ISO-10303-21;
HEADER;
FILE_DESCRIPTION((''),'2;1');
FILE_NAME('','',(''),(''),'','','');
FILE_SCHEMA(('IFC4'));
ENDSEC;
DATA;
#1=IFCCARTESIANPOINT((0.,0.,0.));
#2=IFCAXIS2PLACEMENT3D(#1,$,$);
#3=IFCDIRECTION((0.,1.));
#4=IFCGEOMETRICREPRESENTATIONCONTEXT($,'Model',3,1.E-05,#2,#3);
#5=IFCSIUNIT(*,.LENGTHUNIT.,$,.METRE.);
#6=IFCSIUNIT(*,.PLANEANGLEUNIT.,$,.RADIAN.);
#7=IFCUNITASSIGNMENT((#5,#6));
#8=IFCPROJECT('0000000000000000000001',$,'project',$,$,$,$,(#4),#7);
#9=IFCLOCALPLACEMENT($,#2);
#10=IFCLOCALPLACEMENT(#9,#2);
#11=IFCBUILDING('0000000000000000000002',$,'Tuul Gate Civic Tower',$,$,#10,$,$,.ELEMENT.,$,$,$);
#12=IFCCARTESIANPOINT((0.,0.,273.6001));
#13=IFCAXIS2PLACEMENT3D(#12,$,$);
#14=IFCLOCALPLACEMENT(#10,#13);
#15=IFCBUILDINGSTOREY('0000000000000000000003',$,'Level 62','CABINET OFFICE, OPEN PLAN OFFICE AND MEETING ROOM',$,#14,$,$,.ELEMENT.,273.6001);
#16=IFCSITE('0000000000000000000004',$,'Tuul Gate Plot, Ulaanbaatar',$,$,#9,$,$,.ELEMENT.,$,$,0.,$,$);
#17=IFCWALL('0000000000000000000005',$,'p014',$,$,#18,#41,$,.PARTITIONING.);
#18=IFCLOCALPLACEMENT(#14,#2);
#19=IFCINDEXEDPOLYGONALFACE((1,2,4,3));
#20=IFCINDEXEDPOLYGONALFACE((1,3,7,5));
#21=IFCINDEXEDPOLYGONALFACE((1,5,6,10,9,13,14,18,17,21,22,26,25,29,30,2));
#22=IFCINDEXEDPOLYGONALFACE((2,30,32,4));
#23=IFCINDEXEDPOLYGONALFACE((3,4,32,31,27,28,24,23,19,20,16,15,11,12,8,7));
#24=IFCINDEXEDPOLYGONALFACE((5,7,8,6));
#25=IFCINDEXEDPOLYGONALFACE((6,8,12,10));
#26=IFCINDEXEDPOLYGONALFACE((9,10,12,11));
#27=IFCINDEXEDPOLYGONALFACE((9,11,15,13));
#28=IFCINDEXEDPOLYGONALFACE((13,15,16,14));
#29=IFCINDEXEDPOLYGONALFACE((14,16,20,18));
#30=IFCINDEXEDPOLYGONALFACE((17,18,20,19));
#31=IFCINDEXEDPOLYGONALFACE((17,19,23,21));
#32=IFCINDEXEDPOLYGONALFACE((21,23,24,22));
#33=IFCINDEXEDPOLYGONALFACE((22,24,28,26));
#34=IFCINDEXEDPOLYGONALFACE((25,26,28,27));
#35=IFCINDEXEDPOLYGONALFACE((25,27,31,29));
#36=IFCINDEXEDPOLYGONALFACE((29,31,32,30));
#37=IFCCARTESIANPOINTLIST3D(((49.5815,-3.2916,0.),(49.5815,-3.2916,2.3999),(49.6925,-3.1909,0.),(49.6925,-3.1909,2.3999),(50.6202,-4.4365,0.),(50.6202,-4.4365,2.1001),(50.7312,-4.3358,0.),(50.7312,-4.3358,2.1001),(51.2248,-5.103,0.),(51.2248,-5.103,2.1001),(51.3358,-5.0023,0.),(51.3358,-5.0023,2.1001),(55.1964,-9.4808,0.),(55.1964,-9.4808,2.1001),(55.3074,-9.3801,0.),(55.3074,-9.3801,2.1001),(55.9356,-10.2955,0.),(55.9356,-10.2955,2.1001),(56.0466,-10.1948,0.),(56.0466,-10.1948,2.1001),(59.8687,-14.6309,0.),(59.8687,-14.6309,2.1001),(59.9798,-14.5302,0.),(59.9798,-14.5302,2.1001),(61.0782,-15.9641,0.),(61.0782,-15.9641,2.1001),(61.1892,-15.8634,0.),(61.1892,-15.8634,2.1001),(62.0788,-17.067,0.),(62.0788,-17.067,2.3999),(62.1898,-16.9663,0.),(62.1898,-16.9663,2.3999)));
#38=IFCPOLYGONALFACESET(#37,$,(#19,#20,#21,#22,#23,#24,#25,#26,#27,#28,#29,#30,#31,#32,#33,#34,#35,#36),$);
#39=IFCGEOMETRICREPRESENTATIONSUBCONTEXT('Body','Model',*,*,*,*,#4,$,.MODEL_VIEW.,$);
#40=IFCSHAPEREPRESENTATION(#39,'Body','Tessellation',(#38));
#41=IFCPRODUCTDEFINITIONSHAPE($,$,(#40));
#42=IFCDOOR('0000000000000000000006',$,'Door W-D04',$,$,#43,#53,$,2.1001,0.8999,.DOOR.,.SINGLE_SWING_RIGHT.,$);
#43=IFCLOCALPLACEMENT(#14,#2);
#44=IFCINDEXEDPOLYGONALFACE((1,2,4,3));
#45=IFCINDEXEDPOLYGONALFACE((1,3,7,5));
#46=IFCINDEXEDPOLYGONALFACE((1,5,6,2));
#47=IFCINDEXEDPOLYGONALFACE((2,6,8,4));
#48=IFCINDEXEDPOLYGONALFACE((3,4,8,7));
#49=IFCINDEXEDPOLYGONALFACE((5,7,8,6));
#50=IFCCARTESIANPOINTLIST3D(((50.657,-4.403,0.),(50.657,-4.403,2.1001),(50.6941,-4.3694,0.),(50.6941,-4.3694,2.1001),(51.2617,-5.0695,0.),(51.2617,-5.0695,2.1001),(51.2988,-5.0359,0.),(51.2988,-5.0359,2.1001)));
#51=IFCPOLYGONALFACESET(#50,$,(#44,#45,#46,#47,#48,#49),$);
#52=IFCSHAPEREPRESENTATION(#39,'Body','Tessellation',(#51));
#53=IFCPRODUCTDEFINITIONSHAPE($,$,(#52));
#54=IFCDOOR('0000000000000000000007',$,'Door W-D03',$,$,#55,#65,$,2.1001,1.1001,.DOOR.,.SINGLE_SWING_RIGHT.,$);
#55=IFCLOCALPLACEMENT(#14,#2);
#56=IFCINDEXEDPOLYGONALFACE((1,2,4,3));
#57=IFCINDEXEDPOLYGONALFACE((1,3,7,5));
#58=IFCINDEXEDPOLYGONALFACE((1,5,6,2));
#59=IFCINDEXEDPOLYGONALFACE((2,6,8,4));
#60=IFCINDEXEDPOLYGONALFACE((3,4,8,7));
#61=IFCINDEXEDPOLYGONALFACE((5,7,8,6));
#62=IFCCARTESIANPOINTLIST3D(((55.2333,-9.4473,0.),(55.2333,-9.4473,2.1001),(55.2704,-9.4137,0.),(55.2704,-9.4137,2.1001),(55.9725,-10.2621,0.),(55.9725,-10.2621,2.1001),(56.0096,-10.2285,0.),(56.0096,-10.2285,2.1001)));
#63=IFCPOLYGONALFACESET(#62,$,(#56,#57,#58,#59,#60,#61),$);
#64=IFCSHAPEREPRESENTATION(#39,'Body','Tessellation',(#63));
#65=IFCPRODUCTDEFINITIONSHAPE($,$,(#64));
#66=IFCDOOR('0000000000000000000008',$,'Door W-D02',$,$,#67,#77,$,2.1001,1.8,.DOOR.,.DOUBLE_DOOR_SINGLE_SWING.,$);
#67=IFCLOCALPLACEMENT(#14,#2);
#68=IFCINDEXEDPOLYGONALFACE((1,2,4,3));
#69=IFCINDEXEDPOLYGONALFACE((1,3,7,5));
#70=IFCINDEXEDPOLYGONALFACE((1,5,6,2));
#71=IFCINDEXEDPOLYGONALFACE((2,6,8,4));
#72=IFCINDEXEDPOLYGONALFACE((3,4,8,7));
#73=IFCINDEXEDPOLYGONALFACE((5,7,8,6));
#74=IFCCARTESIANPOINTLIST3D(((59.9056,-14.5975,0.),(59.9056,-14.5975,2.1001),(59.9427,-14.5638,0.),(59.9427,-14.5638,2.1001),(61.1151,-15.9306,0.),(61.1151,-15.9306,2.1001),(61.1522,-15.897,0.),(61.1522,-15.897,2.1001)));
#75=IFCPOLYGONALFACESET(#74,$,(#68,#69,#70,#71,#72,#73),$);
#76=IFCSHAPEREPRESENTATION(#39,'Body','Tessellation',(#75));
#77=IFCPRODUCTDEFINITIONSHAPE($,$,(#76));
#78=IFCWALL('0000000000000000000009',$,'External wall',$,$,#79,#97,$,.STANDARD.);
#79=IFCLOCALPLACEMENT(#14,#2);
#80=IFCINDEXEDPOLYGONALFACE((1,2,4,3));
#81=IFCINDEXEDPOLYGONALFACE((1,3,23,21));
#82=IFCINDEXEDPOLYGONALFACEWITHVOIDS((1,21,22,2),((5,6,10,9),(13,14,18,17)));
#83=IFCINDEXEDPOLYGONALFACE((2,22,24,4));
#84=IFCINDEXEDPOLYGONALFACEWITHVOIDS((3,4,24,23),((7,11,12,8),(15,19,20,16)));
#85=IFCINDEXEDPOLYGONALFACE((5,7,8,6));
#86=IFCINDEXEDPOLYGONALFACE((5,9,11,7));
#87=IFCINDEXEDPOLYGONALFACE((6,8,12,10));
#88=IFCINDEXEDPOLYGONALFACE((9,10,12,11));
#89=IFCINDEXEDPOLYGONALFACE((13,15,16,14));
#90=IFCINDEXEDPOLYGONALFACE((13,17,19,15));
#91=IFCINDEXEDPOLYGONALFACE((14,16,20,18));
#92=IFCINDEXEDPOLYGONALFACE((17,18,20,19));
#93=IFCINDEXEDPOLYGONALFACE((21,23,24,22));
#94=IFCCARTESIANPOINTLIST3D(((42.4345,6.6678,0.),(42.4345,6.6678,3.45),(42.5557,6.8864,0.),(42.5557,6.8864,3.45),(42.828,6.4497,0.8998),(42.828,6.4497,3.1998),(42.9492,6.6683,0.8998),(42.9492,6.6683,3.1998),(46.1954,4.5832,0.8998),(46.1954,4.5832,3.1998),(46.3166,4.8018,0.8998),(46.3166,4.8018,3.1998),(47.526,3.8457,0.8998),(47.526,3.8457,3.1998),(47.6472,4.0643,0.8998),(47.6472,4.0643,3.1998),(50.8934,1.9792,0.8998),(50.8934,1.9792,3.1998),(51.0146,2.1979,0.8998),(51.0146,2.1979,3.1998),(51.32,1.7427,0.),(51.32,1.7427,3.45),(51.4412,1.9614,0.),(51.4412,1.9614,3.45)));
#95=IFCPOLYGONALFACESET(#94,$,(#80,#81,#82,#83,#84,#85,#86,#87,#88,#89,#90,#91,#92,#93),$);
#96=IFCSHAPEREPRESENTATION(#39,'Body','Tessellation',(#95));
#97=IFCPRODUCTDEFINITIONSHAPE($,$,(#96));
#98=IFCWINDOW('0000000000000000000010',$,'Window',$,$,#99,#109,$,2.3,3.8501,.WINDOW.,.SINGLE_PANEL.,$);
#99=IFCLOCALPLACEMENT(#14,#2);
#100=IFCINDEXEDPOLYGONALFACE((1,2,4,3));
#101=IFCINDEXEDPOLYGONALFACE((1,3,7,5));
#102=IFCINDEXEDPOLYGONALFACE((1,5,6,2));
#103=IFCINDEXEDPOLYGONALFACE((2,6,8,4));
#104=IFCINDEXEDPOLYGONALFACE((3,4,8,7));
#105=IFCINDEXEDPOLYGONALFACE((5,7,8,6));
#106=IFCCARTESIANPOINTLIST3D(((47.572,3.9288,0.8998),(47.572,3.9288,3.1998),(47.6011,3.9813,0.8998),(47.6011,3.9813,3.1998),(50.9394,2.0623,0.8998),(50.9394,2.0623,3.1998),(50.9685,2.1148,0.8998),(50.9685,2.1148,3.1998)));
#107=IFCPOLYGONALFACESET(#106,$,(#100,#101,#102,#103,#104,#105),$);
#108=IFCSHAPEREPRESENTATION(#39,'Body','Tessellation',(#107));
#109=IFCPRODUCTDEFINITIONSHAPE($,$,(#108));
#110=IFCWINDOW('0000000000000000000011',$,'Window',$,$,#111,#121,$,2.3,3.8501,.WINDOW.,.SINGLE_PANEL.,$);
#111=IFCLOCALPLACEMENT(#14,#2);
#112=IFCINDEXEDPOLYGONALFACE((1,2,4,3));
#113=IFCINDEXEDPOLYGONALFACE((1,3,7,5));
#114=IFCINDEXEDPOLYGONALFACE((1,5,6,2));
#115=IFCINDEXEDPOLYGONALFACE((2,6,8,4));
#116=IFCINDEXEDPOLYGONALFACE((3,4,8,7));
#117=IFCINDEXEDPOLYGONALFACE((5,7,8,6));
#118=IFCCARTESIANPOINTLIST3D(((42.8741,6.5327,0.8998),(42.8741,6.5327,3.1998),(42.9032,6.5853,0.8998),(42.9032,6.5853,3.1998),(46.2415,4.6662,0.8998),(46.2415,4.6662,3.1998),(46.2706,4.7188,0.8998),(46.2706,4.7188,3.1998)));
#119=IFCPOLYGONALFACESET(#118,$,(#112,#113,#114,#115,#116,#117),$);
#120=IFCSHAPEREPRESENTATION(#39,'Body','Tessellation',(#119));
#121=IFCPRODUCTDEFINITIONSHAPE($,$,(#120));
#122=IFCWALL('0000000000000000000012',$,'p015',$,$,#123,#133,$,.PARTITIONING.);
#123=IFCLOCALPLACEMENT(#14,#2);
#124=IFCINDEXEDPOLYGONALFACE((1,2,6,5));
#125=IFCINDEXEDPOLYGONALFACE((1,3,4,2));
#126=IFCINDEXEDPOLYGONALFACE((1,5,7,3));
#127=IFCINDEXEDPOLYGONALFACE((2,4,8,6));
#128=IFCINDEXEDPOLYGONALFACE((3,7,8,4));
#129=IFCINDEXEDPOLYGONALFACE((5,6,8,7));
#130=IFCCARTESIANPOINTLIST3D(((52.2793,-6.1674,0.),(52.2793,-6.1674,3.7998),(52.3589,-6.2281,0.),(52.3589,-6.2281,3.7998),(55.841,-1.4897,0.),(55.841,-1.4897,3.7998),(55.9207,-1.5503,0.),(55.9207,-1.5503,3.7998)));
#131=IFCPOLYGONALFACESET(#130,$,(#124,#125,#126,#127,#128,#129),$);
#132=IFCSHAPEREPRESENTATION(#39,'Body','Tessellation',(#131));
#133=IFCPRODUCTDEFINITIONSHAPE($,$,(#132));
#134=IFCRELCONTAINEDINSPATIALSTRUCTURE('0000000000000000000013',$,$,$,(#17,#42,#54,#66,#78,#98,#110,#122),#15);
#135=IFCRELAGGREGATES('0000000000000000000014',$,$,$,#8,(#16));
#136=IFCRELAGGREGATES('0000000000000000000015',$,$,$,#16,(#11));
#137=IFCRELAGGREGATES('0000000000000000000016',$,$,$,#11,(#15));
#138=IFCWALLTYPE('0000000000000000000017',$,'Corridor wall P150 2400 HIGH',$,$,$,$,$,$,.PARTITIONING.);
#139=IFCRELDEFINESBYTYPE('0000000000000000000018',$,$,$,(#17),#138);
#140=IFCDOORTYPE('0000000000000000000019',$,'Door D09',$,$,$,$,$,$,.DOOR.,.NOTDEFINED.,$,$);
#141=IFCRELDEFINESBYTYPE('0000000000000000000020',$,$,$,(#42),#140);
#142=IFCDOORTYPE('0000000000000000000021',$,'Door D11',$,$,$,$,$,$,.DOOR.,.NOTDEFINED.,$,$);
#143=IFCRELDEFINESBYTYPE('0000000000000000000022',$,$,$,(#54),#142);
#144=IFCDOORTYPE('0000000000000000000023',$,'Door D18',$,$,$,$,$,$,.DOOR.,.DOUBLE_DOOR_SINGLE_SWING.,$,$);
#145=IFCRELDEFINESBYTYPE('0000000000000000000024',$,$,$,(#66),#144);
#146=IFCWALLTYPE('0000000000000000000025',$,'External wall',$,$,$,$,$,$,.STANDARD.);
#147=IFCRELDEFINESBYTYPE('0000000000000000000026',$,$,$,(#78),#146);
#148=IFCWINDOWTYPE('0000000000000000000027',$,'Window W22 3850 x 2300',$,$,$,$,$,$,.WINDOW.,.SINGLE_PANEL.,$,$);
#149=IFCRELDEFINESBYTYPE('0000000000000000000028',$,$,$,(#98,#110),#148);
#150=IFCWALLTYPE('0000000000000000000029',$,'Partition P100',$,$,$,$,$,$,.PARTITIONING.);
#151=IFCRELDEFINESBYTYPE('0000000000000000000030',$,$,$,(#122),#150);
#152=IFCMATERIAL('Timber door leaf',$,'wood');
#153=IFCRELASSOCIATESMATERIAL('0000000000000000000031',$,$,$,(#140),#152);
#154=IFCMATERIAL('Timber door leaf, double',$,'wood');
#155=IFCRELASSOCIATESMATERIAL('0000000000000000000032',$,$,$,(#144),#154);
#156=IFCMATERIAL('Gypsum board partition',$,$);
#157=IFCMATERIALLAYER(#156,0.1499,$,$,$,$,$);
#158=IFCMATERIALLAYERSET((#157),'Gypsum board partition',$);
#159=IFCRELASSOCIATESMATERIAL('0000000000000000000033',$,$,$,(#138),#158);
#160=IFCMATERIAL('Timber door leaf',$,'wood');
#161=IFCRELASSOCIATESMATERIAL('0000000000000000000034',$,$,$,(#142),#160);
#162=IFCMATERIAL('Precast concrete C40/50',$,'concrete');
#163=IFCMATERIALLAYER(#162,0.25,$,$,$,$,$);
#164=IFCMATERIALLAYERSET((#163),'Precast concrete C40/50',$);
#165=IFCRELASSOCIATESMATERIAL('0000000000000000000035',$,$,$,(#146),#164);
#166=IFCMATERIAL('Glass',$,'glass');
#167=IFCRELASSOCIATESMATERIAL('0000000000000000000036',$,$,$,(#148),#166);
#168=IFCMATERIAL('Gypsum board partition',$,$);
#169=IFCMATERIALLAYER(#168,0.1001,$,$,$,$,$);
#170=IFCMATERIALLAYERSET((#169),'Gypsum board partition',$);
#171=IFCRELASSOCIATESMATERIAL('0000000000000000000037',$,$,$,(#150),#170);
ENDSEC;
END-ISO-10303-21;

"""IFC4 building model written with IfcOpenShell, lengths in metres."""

from ifc_helpers import new_model, si_unit, direction, frame, frame_2d, origin, place, context, subcontext, project, spatial, rectangle, extrude, material, layer, layer_set, type_object, element, fill, save


model = new_model("IFC4")

# Units and contexts
model_context = context("Model", 3, precision=1e-05, world=origin(), true_north=direction((0.0, 1.0)))
body_context = subcontext(model_context, "Body", "Model", "MODEL_VIEW")
ifc_project = project(units=[si_unit("LENGTHUNIT", "METRE"), si_unit("PLANEANGLEUNIT", "RADIAN")], contexts=[model_context])

# Site, building, storey
site_placement = place(None, origin())
site = spatial("IfcSite", under=ifc_project, at=site_placement, Name="Tuul Gate Plot, Ulaanbaatar", CompositionType="ELEMENT", RefElevation=0.0)
building_placement = place(site_placement, origin())
building = spatial("IfcBuilding", under=site, at=building_placement, Name="Tuul Gate Civic Tower", CompositionType="ELEMENT")
storey_placement = place(building_placement, frame((0.0, 0.0, 273.6001)))
storey = spatial("IfcBuildingStorey", under=building, at=storey_placement, Name="Level 62", Description="CABINET OFFICE, OPEN PLAN OFFICE AND MEETING ROOM", CompositionType="ELEMENT", Elevation=273.6001)

# Shared definitions
ifc_material_1 = material(Name="Timber door leaf", Category="wood")
door_type_1 = type_object("IfcDoorType", Name="Door D09", OperationType="NOTDEFINED", PredefinedType="DOOR", material=ifc_material_1)

# Shared definitions
ifc_material_2 = material(Name="Timber door leaf, double", Category="wood")
door_type_2 = type_object("IfcDoorType", Name="Door D18", OperationType="DOUBLE_DOOR_SINGLE_SWING", PredefinedType="DOOR", material=ifc_material_2)

# Wall, openings, doors
ifc_material_3 = material(Name="Gypsum board partition")
ifc_layer_1 = layer(ifc_material_3, 0.1499)
ifc_layer_set_1 = layer_set([ifc_layer_1], Name="Gypsum board partition")
wall_type_1 = type_object("IfcWallType", Name="Corridor wall P150 2400 HIGH", PredefinedType="PARTITIONING", material=ifc_layer_set_1)
wall_1_placement = place(storey_placement, frame((49.637, -3.2412, 0.0), z_axis=(0.0, 0.0, 1.0), x_axis=(0.671914, -0.740629, 0.0)))
wall_1 = element("IfcWall", 1, at=wall_1_placement, inside=storey, type_object=wall_type_1, Name="p014", PredefinedType="PARTITIONING", context=body_context, shape_type="SweptSolid", body=[
    extrude(rectangle(XDim=18.5996, YDim=0.1499, at=frame_2d((9.2998, 0.0))), origin(), (0.0, 0.0, 1.0), 2.3999),
])
opening_1_placement = place(wall_1_placement, frame((15.3105, 0.0, 0.0)))
opening_1 = element("IfcOpeningElement", 2, at=opening_1_placement, cuts=wall_1, PredefinedType="OPENING", context=body_context, shape_type="SweptSolid", body=[
    extrude(rectangle(XDim=1.8, YDim=2.1001, at=frame_2d((0.8999, 1.05))), frame((0.0, 0.085, 0.0), z_axis=(0.0, -1.0, 0.0), x_axis=(1.0, 0.0, 0.0)), (0.0, 0.0, 1.0), 0.1699),
])
opening_2_placement = place(wall_1_placement, frame((8.3567, 0.0, 0.0)))
opening_2 = element("IfcOpeningElement", 3, at=opening_2_placement, cuts=wall_1, PredefinedType="OPENING", context=body_context, shape_type="SweptSolid", body=[
    extrude(rectangle(XDim=1.1001, YDim=2.1001, at=frame_2d((0.55, 1.05))), frame((0.0, 0.085, 0.0), z_axis=(0.0, -1.0, 0.0), x_axis=(1.0, 0.0, 0.0)), (0.0, 0.0, 1.0), 0.1699),
])
opening_3_placement = place(wall_1_placement, frame((1.5459, 0.0, 0.0)))
opening_3 = element("IfcOpeningElement", 4, at=opening_3_placement, cuts=wall_1, PredefinedType="OPENING", context=body_context, shape_type="SweptSolid", body=[
    extrude(rectangle(XDim=0.8999, YDim=2.1001, at=frame_2d((0.45, 1.05))), frame((0.0, 0.085, 0.0), z_axis=(0.0, -1.0, 0.0), x_axis=(1.0, 0.0, 0.0)), (0.0, 0.0, 1.0), 0.1699),
])
door_1_placement = place(opening_3_placement, origin())
door_1 = element("IfcDoor", 5, at=door_1_placement, inside=storey, type_object=door_type_1, Name="Door W-D04", OperationType="SINGLE_SWING_RIGHT", OverallHeight=2.1001, OverallWidth=0.8999, PredefinedType="DOOR", context=body_context, shape_type="SweptSolid", body=[
    extrude(rectangle(XDim=0.8999, YDim=2.1001, at=frame_2d((0.45, 1.05))), frame((0.0, 0.0249, 0.0), z_axis=(0.0, -1.0, 0.0), x_axis=(1.0, 0.0, 0.0)), (0.0, 0.0, 1.0), 0.05),
])
fill(opening_3, door_1)
ifc_material_4 = material(Name="Timber door leaf", Category="wood")
door_type_3 = type_object("IfcDoorType", Name="Door D11", OperationType="NOTDEFINED", PredefinedType="DOOR", material=ifc_material_4)
door_2_placement = place(opening_2_placement, origin())
door_2 = element("IfcDoor", 6, at=door_2_placement, inside=storey, type_object=door_type_3, Name="Door W-D03", OperationType="SINGLE_SWING_RIGHT", OverallHeight=2.1001, OverallWidth=1.1001, PredefinedType="DOOR", context=body_context, shape_type="SweptSolid", body=[
    extrude(rectangle(XDim=1.1001, YDim=2.1001, at=frame_2d((0.55, 1.05))), frame((0.0, 0.0249, 0.0), z_axis=(0.0, -1.0, 0.0), x_axis=(1.0, 0.0, 0.0)), (0.0, 0.0, 1.0), 0.05),
])
fill(opening_2, door_2)
door_3_placement = place(opening_1_placement, origin())
door_3 = element("IfcDoor", 7, at=door_3_placement, inside=storey, type_object=door_type_2, Name="Door W-D02", OperationType="DOUBLE_DOOR_SINGLE_SWING", OverallHeight=2.1001, OverallWidth=1.8, PredefinedType="DOOR", context=body_context, shape_type="SweptSolid", body=[
    extrude(rectangle(XDim=1.8, YDim=2.1001, at=frame_2d((0.8999, 1.05))), frame((0.0, 0.0249, 0.0), z_axis=(0.0, -1.0, 0.0), x_axis=(1.0, 0.0, 0.0)), (0.0, 0.0, 1.0), 0.05),
])
fill(opening_1, door_3)

# Wall, openings, windows
ifc_material_5 = material(Name="Precast concrete C40/50", Category="concrete")
ifc_layer_2 = layer(ifc_material_5, 0.25)
ifc_layer_set_2 = layer_set([ifc_layer_2], Name="Precast concrete C40/50")
wall_type_2 = type_object("IfcWallType", Name="External wall", PredefinedType="STANDARD", material=ifc_layer_set_2)
wall_2_placement = place(storey_placement, frame((51.3806, 1.8521, 0.0), z_axis=(0.0, 0.0, 1.0), x_axis=(-0.874631, 0.48479, 0.0)))
wall_2 = element("IfcWall", 8, at=wall_2_placement, inside=storey, type_object=wall_type_2, Name="External wall", PredefinedType="STANDARD", context=body_context, shape_type="SweptSolid", body=[
    extrude(rectangle(XDim=10.1592, YDim=0.25, at=frame_2d((5.0796, 0.0))), origin(), (0.0, 0.0, 1.0), 3.45),
])
opening_4_placement = place(wall_2_placement, frame((0.4878, 0.0, 0.8999)))
opening_4 = element("IfcOpeningElement", 9, at=opening_4_placement, cuts=wall_2, PredefinedType="OPENING", context=body_context, shape_type="SweptSolid", body=[
    extrude(rectangle(XDim=3.8501, YDim=2.3, at=frame_2d((1.925, 1.1499))), frame((0.0, 0.135, 0.0), z_axis=(0.0, -1.0, 0.0), x_axis=(1.0, 0.0, 0.0)), (0.0, 0.0, 1.0), 0.27),
])
opening_5_placement = place(wall_2_placement, frame((5.8591, 0.0, 0.8999)))
opening_5 = element("IfcOpeningElement", 10, at=opening_5_placement, cuts=wall_2, PredefinedType="OPENING", context=body_context, shape_type="SweptSolid", body=[
    extrude(rectangle(XDim=3.8501, YDim=2.3, at=frame_2d((1.925, 1.1499))), frame((0.0, 0.135, 0.0), z_axis=(0.0, -1.0, 0.0), x_axis=(1.0, 0.0, 0.0)), (0.0, 0.0, 1.0), 0.27),
])
ifc_material_6 = material(Name="Glass", Category="glass")
window_type = type_object("IfcWindowType", Name="Window W22 3850 x 2300", PartitioningType="SINGLE_PANEL", PredefinedType="WINDOW", material=ifc_material_6)
window_1_placement = place(opening_4_placement, origin())
window_1 = element("IfcWindow", 11, at=window_1_placement, inside=storey, type_object=window_type, Name="Window", OverallHeight=2.3, OverallWidth=3.8501, PartitioningType="SINGLE_PANEL", PredefinedType="WINDOW", context=body_context, shape_type="SweptSolid", body=[
    extrude(rectangle(XDim=3.8501, YDim=2.3, at=frame_2d((1.925, 1.1499))), frame((0.0, 0.03, 0.0), z_axis=(0.0, -1.0, 0.0), x_axis=(1.0, 0.0, 0.0)), (0.0, 0.0, 1.0), 0.0601),
])
fill(opening_4, window_1)
window_2_placement = place(opening_5_placement, origin())
window_2 = element("IfcWindow", 12, at=window_2_placement, inside=storey, type_object=window_type, Name="Window", OverallHeight=2.3, OverallWidth=3.8501, PartitioningType="SINGLE_PANEL", PredefinedType="WINDOW", context=body_context, shape_type="SweptSolid", body=[
    extrude(rectangle(XDim=3.8501, YDim=2.3, at=frame_2d((1.925, 1.1499))), frame((0.0, 0.03, 0.0), z_axis=(0.0, -1.0, 0.0), x_axis=(1.0, 0.0, 0.0)), (0.0, 0.0, 1.0), 0.0601),
])
fill(opening_5, window_2)

# Wall
ifc_material_7 = material(Name="Gypsum board partition")
ifc_layer_3 = layer(ifc_material_7, 0.1001)
ifc_layer_set_3 = layer_set([ifc_layer_3], Name="Gypsum board partition")
wall_type_3 = type_object("IfcWallType", Name="Partition P100", PredefinedType="PARTITIONING", material=ifc_layer_set_3)
wall_3_placement = place(storey_placement, frame((52.3191, -6.1978, 0.0), z_axis=(0.0, 0.0, 1.0), x_axis=(0.605804, 0.795614, 0.0)))
element("IfcWall", 13, at=wall_3_placement, inside=storey, type_object=wall_type_3, Name="p015", PredefinedType="PARTITIONING", context=body_context, shape_type="SweptSolid", body=[
    extrude(rectangle(XDim=5.8794, YDim=0.1001, at=frame_2d((2.9397, 0.0))), origin(), (0.0, 0.0, 1.0), 3.7998),
])

save(model, "model.ifc")
